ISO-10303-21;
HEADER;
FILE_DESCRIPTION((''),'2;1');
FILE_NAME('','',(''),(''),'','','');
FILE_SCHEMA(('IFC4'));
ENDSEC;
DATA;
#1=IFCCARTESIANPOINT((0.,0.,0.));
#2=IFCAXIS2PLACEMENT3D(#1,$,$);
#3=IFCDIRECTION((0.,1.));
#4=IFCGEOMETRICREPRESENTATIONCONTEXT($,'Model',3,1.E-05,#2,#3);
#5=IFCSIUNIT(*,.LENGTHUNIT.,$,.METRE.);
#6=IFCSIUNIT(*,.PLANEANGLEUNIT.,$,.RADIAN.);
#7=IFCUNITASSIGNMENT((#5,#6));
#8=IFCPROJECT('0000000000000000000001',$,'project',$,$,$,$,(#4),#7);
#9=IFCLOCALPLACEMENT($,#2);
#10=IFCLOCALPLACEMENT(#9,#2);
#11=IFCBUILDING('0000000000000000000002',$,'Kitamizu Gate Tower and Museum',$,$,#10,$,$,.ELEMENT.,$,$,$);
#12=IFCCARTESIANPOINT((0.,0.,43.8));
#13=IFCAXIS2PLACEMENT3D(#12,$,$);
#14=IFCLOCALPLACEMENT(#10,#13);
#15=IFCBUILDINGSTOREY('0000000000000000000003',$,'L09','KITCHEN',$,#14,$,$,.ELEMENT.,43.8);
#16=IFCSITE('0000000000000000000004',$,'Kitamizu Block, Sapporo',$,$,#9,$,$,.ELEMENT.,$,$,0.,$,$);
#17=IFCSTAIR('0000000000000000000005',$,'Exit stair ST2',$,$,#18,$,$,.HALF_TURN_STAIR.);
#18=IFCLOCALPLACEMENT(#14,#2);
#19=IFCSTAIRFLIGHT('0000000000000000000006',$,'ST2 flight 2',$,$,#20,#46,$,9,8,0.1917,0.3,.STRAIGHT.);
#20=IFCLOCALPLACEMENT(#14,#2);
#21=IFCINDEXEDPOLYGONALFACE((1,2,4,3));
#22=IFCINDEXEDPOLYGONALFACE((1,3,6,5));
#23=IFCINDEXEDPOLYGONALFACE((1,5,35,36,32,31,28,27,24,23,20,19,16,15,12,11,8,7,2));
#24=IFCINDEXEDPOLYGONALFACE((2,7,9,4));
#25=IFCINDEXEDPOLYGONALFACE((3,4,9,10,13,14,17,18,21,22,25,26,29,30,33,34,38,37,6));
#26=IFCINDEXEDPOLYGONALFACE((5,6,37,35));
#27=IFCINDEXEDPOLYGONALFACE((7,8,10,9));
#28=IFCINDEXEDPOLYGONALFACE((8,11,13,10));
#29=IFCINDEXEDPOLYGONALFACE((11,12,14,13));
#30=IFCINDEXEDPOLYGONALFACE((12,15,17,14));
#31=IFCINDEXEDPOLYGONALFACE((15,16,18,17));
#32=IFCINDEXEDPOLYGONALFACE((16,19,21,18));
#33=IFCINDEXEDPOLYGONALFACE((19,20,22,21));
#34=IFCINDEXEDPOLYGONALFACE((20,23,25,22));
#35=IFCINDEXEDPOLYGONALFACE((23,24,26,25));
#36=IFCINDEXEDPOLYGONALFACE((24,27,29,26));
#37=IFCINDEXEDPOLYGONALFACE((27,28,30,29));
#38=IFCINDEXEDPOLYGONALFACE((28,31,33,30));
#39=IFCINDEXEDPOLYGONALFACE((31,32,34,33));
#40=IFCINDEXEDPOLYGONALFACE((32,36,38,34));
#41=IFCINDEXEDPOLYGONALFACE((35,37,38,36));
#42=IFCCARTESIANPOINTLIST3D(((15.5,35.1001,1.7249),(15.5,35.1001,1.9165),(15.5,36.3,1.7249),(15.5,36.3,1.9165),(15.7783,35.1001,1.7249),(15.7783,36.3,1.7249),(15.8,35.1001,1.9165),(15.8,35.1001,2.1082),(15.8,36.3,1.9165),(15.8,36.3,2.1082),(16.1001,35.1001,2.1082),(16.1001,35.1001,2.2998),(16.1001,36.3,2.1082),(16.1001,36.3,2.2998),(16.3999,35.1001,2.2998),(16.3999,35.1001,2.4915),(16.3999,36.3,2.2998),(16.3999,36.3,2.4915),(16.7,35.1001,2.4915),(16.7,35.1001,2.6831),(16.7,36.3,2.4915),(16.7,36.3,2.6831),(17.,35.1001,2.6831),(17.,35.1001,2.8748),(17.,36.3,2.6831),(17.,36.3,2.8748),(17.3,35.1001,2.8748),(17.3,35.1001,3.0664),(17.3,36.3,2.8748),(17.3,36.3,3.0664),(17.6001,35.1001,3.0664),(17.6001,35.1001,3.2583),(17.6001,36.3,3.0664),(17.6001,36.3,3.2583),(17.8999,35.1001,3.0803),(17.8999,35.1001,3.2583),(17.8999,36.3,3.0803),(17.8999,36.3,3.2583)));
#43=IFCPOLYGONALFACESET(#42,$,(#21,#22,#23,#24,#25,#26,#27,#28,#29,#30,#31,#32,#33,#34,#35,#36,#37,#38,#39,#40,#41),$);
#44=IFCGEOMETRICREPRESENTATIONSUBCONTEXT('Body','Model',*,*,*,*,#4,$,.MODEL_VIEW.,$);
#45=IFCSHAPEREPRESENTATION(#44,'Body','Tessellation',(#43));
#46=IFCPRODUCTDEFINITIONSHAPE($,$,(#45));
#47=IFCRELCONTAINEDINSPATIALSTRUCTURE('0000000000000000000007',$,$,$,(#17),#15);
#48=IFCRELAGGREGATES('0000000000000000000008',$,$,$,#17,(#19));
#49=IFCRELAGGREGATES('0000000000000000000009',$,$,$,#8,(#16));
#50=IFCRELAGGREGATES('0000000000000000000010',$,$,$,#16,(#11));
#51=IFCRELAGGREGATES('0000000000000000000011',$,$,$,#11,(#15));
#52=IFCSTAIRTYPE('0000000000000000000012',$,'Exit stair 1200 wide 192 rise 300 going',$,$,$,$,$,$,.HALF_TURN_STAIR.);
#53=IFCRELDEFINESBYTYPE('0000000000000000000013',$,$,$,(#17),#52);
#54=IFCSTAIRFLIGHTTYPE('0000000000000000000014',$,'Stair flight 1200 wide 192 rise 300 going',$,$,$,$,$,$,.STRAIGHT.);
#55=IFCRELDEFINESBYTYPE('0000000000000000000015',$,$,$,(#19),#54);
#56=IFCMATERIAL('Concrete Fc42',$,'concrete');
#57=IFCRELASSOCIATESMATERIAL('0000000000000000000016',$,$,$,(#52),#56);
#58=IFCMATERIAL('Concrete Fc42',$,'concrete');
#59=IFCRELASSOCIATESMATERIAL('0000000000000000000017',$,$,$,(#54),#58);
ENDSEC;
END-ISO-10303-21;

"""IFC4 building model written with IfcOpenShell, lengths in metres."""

from ifc_helpers import new_model, si_unit, direction, frame, origin, place, context, subcontext, project, spatial, polyline, outline, extrude, material, type_object, element, aggregate, save


model = new_model("IFC4")

# Units and contexts
model_context = context("Model", 3, precision=1e-05, world=origin(), true_north=direction((0.0, 1.0)))
body_context = subcontext(model_context, "Body", "Model", "MODEL_VIEW")
ifc_project = project(units=[si_unit("LENGTHUNIT", "METRE"), si_unit("PLANEANGLEUNIT", "RADIAN")], contexts=[model_context])

# Site, building, storey
site_placement = place(None, origin())
site = spatial("IfcSite", under=ifc_project, at=site_placement, Name="Kitamizu Block, Sapporo", CompositionType="ELEMENT", RefElevation=0.0)
building_placement = place(site_placement, origin())
building = spatial("IfcBuilding", under=site, at=building_placement, Name="Kitamizu Gate Tower and Museum", CompositionType="ELEMENT")
storey_placement = place(building_placement, frame((0.0, 0.0, 43.8)))
storey = spatial("IfcBuildingStorey", under=building, at=storey_placement, Name="L09", Description="KITCHEN", CompositionType="ELEMENT", Elevation=43.8)

# Stair, stair flight
ifc_material_1 = material(Name="Concrete Fc42", Category="concrete")
stair_type = type_object("IfcStairType", Name="Exit stair 1200 wide 192 rise 300 going", PredefinedType="HALF_TURN_STAIR", material=ifc_material_1)
ifc_material_2 = material(Name="Concrete Fc42", Category="concrete")
stair_flight_type = type_object("IfcStairFlightType", Name="Stair flight 1200 wide 192 rise 300 going", PredefinedType="STRAIGHT", material=ifc_material_2)
stair_1_placement = place(storey_placement, origin())
stair_1 = element("IfcStair", 1, at=stair_1_placement, inside=storey, type_object=stair_type, Name="Exit stair ST2", PredefinedType="HALF_TURN_STAIR")
stair_flight_1_placement = place(storey_placement, frame((15.5, 35.7, 1.7249), z_axis=(0.0, 0.0, 1.0), x_axis=(1.0, 0.0, 0.0)))
stair_flight_1 = element("IfcStairFlight", 2, at=stair_flight_1_placement, type_object=stair_flight_type, Name="ST2 flight 2", NumberOfRisers=9, NumberOfTreads=8, PredefinedType="STRAIGHT", RiserHeight=0.1917, TreadLength=0.3, context=body_context, shape_type="SweptSolid", body=[
    extrude(outline(polyline([(0.0, 0.0), (0.0, 0.1917), (0.3, 0.1917), (0.3, 0.3833), (0.6001, 0.3833), (0.6001, 0.575), (0.8999, 0.575), (0.8999, 0.7666), (1.2, 0.7666), (1.2, 0.9583), (1.5, 0.9583), (1.5, 1.1499), (1.8, 1.1499), (1.8, 1.3416), (2.1001, 1.3416), (2.1001, 1.5334), (2.3999, 1.5334), (2.3999, 1.7251), (2.3999, 1.3555), (0.2783, 0.0), (0.0, 0.0)])), frame((0.0, 0.6001, 0.0), z_axis=(0.0, -1.0, 0.0), x_axis=(1.0, 0.0, 0.0)), (0.0, 0.0, 1.0), 1.2),
])
aggregate(stair_1, [stair_flight_1])

save(model, "model.ifc")
